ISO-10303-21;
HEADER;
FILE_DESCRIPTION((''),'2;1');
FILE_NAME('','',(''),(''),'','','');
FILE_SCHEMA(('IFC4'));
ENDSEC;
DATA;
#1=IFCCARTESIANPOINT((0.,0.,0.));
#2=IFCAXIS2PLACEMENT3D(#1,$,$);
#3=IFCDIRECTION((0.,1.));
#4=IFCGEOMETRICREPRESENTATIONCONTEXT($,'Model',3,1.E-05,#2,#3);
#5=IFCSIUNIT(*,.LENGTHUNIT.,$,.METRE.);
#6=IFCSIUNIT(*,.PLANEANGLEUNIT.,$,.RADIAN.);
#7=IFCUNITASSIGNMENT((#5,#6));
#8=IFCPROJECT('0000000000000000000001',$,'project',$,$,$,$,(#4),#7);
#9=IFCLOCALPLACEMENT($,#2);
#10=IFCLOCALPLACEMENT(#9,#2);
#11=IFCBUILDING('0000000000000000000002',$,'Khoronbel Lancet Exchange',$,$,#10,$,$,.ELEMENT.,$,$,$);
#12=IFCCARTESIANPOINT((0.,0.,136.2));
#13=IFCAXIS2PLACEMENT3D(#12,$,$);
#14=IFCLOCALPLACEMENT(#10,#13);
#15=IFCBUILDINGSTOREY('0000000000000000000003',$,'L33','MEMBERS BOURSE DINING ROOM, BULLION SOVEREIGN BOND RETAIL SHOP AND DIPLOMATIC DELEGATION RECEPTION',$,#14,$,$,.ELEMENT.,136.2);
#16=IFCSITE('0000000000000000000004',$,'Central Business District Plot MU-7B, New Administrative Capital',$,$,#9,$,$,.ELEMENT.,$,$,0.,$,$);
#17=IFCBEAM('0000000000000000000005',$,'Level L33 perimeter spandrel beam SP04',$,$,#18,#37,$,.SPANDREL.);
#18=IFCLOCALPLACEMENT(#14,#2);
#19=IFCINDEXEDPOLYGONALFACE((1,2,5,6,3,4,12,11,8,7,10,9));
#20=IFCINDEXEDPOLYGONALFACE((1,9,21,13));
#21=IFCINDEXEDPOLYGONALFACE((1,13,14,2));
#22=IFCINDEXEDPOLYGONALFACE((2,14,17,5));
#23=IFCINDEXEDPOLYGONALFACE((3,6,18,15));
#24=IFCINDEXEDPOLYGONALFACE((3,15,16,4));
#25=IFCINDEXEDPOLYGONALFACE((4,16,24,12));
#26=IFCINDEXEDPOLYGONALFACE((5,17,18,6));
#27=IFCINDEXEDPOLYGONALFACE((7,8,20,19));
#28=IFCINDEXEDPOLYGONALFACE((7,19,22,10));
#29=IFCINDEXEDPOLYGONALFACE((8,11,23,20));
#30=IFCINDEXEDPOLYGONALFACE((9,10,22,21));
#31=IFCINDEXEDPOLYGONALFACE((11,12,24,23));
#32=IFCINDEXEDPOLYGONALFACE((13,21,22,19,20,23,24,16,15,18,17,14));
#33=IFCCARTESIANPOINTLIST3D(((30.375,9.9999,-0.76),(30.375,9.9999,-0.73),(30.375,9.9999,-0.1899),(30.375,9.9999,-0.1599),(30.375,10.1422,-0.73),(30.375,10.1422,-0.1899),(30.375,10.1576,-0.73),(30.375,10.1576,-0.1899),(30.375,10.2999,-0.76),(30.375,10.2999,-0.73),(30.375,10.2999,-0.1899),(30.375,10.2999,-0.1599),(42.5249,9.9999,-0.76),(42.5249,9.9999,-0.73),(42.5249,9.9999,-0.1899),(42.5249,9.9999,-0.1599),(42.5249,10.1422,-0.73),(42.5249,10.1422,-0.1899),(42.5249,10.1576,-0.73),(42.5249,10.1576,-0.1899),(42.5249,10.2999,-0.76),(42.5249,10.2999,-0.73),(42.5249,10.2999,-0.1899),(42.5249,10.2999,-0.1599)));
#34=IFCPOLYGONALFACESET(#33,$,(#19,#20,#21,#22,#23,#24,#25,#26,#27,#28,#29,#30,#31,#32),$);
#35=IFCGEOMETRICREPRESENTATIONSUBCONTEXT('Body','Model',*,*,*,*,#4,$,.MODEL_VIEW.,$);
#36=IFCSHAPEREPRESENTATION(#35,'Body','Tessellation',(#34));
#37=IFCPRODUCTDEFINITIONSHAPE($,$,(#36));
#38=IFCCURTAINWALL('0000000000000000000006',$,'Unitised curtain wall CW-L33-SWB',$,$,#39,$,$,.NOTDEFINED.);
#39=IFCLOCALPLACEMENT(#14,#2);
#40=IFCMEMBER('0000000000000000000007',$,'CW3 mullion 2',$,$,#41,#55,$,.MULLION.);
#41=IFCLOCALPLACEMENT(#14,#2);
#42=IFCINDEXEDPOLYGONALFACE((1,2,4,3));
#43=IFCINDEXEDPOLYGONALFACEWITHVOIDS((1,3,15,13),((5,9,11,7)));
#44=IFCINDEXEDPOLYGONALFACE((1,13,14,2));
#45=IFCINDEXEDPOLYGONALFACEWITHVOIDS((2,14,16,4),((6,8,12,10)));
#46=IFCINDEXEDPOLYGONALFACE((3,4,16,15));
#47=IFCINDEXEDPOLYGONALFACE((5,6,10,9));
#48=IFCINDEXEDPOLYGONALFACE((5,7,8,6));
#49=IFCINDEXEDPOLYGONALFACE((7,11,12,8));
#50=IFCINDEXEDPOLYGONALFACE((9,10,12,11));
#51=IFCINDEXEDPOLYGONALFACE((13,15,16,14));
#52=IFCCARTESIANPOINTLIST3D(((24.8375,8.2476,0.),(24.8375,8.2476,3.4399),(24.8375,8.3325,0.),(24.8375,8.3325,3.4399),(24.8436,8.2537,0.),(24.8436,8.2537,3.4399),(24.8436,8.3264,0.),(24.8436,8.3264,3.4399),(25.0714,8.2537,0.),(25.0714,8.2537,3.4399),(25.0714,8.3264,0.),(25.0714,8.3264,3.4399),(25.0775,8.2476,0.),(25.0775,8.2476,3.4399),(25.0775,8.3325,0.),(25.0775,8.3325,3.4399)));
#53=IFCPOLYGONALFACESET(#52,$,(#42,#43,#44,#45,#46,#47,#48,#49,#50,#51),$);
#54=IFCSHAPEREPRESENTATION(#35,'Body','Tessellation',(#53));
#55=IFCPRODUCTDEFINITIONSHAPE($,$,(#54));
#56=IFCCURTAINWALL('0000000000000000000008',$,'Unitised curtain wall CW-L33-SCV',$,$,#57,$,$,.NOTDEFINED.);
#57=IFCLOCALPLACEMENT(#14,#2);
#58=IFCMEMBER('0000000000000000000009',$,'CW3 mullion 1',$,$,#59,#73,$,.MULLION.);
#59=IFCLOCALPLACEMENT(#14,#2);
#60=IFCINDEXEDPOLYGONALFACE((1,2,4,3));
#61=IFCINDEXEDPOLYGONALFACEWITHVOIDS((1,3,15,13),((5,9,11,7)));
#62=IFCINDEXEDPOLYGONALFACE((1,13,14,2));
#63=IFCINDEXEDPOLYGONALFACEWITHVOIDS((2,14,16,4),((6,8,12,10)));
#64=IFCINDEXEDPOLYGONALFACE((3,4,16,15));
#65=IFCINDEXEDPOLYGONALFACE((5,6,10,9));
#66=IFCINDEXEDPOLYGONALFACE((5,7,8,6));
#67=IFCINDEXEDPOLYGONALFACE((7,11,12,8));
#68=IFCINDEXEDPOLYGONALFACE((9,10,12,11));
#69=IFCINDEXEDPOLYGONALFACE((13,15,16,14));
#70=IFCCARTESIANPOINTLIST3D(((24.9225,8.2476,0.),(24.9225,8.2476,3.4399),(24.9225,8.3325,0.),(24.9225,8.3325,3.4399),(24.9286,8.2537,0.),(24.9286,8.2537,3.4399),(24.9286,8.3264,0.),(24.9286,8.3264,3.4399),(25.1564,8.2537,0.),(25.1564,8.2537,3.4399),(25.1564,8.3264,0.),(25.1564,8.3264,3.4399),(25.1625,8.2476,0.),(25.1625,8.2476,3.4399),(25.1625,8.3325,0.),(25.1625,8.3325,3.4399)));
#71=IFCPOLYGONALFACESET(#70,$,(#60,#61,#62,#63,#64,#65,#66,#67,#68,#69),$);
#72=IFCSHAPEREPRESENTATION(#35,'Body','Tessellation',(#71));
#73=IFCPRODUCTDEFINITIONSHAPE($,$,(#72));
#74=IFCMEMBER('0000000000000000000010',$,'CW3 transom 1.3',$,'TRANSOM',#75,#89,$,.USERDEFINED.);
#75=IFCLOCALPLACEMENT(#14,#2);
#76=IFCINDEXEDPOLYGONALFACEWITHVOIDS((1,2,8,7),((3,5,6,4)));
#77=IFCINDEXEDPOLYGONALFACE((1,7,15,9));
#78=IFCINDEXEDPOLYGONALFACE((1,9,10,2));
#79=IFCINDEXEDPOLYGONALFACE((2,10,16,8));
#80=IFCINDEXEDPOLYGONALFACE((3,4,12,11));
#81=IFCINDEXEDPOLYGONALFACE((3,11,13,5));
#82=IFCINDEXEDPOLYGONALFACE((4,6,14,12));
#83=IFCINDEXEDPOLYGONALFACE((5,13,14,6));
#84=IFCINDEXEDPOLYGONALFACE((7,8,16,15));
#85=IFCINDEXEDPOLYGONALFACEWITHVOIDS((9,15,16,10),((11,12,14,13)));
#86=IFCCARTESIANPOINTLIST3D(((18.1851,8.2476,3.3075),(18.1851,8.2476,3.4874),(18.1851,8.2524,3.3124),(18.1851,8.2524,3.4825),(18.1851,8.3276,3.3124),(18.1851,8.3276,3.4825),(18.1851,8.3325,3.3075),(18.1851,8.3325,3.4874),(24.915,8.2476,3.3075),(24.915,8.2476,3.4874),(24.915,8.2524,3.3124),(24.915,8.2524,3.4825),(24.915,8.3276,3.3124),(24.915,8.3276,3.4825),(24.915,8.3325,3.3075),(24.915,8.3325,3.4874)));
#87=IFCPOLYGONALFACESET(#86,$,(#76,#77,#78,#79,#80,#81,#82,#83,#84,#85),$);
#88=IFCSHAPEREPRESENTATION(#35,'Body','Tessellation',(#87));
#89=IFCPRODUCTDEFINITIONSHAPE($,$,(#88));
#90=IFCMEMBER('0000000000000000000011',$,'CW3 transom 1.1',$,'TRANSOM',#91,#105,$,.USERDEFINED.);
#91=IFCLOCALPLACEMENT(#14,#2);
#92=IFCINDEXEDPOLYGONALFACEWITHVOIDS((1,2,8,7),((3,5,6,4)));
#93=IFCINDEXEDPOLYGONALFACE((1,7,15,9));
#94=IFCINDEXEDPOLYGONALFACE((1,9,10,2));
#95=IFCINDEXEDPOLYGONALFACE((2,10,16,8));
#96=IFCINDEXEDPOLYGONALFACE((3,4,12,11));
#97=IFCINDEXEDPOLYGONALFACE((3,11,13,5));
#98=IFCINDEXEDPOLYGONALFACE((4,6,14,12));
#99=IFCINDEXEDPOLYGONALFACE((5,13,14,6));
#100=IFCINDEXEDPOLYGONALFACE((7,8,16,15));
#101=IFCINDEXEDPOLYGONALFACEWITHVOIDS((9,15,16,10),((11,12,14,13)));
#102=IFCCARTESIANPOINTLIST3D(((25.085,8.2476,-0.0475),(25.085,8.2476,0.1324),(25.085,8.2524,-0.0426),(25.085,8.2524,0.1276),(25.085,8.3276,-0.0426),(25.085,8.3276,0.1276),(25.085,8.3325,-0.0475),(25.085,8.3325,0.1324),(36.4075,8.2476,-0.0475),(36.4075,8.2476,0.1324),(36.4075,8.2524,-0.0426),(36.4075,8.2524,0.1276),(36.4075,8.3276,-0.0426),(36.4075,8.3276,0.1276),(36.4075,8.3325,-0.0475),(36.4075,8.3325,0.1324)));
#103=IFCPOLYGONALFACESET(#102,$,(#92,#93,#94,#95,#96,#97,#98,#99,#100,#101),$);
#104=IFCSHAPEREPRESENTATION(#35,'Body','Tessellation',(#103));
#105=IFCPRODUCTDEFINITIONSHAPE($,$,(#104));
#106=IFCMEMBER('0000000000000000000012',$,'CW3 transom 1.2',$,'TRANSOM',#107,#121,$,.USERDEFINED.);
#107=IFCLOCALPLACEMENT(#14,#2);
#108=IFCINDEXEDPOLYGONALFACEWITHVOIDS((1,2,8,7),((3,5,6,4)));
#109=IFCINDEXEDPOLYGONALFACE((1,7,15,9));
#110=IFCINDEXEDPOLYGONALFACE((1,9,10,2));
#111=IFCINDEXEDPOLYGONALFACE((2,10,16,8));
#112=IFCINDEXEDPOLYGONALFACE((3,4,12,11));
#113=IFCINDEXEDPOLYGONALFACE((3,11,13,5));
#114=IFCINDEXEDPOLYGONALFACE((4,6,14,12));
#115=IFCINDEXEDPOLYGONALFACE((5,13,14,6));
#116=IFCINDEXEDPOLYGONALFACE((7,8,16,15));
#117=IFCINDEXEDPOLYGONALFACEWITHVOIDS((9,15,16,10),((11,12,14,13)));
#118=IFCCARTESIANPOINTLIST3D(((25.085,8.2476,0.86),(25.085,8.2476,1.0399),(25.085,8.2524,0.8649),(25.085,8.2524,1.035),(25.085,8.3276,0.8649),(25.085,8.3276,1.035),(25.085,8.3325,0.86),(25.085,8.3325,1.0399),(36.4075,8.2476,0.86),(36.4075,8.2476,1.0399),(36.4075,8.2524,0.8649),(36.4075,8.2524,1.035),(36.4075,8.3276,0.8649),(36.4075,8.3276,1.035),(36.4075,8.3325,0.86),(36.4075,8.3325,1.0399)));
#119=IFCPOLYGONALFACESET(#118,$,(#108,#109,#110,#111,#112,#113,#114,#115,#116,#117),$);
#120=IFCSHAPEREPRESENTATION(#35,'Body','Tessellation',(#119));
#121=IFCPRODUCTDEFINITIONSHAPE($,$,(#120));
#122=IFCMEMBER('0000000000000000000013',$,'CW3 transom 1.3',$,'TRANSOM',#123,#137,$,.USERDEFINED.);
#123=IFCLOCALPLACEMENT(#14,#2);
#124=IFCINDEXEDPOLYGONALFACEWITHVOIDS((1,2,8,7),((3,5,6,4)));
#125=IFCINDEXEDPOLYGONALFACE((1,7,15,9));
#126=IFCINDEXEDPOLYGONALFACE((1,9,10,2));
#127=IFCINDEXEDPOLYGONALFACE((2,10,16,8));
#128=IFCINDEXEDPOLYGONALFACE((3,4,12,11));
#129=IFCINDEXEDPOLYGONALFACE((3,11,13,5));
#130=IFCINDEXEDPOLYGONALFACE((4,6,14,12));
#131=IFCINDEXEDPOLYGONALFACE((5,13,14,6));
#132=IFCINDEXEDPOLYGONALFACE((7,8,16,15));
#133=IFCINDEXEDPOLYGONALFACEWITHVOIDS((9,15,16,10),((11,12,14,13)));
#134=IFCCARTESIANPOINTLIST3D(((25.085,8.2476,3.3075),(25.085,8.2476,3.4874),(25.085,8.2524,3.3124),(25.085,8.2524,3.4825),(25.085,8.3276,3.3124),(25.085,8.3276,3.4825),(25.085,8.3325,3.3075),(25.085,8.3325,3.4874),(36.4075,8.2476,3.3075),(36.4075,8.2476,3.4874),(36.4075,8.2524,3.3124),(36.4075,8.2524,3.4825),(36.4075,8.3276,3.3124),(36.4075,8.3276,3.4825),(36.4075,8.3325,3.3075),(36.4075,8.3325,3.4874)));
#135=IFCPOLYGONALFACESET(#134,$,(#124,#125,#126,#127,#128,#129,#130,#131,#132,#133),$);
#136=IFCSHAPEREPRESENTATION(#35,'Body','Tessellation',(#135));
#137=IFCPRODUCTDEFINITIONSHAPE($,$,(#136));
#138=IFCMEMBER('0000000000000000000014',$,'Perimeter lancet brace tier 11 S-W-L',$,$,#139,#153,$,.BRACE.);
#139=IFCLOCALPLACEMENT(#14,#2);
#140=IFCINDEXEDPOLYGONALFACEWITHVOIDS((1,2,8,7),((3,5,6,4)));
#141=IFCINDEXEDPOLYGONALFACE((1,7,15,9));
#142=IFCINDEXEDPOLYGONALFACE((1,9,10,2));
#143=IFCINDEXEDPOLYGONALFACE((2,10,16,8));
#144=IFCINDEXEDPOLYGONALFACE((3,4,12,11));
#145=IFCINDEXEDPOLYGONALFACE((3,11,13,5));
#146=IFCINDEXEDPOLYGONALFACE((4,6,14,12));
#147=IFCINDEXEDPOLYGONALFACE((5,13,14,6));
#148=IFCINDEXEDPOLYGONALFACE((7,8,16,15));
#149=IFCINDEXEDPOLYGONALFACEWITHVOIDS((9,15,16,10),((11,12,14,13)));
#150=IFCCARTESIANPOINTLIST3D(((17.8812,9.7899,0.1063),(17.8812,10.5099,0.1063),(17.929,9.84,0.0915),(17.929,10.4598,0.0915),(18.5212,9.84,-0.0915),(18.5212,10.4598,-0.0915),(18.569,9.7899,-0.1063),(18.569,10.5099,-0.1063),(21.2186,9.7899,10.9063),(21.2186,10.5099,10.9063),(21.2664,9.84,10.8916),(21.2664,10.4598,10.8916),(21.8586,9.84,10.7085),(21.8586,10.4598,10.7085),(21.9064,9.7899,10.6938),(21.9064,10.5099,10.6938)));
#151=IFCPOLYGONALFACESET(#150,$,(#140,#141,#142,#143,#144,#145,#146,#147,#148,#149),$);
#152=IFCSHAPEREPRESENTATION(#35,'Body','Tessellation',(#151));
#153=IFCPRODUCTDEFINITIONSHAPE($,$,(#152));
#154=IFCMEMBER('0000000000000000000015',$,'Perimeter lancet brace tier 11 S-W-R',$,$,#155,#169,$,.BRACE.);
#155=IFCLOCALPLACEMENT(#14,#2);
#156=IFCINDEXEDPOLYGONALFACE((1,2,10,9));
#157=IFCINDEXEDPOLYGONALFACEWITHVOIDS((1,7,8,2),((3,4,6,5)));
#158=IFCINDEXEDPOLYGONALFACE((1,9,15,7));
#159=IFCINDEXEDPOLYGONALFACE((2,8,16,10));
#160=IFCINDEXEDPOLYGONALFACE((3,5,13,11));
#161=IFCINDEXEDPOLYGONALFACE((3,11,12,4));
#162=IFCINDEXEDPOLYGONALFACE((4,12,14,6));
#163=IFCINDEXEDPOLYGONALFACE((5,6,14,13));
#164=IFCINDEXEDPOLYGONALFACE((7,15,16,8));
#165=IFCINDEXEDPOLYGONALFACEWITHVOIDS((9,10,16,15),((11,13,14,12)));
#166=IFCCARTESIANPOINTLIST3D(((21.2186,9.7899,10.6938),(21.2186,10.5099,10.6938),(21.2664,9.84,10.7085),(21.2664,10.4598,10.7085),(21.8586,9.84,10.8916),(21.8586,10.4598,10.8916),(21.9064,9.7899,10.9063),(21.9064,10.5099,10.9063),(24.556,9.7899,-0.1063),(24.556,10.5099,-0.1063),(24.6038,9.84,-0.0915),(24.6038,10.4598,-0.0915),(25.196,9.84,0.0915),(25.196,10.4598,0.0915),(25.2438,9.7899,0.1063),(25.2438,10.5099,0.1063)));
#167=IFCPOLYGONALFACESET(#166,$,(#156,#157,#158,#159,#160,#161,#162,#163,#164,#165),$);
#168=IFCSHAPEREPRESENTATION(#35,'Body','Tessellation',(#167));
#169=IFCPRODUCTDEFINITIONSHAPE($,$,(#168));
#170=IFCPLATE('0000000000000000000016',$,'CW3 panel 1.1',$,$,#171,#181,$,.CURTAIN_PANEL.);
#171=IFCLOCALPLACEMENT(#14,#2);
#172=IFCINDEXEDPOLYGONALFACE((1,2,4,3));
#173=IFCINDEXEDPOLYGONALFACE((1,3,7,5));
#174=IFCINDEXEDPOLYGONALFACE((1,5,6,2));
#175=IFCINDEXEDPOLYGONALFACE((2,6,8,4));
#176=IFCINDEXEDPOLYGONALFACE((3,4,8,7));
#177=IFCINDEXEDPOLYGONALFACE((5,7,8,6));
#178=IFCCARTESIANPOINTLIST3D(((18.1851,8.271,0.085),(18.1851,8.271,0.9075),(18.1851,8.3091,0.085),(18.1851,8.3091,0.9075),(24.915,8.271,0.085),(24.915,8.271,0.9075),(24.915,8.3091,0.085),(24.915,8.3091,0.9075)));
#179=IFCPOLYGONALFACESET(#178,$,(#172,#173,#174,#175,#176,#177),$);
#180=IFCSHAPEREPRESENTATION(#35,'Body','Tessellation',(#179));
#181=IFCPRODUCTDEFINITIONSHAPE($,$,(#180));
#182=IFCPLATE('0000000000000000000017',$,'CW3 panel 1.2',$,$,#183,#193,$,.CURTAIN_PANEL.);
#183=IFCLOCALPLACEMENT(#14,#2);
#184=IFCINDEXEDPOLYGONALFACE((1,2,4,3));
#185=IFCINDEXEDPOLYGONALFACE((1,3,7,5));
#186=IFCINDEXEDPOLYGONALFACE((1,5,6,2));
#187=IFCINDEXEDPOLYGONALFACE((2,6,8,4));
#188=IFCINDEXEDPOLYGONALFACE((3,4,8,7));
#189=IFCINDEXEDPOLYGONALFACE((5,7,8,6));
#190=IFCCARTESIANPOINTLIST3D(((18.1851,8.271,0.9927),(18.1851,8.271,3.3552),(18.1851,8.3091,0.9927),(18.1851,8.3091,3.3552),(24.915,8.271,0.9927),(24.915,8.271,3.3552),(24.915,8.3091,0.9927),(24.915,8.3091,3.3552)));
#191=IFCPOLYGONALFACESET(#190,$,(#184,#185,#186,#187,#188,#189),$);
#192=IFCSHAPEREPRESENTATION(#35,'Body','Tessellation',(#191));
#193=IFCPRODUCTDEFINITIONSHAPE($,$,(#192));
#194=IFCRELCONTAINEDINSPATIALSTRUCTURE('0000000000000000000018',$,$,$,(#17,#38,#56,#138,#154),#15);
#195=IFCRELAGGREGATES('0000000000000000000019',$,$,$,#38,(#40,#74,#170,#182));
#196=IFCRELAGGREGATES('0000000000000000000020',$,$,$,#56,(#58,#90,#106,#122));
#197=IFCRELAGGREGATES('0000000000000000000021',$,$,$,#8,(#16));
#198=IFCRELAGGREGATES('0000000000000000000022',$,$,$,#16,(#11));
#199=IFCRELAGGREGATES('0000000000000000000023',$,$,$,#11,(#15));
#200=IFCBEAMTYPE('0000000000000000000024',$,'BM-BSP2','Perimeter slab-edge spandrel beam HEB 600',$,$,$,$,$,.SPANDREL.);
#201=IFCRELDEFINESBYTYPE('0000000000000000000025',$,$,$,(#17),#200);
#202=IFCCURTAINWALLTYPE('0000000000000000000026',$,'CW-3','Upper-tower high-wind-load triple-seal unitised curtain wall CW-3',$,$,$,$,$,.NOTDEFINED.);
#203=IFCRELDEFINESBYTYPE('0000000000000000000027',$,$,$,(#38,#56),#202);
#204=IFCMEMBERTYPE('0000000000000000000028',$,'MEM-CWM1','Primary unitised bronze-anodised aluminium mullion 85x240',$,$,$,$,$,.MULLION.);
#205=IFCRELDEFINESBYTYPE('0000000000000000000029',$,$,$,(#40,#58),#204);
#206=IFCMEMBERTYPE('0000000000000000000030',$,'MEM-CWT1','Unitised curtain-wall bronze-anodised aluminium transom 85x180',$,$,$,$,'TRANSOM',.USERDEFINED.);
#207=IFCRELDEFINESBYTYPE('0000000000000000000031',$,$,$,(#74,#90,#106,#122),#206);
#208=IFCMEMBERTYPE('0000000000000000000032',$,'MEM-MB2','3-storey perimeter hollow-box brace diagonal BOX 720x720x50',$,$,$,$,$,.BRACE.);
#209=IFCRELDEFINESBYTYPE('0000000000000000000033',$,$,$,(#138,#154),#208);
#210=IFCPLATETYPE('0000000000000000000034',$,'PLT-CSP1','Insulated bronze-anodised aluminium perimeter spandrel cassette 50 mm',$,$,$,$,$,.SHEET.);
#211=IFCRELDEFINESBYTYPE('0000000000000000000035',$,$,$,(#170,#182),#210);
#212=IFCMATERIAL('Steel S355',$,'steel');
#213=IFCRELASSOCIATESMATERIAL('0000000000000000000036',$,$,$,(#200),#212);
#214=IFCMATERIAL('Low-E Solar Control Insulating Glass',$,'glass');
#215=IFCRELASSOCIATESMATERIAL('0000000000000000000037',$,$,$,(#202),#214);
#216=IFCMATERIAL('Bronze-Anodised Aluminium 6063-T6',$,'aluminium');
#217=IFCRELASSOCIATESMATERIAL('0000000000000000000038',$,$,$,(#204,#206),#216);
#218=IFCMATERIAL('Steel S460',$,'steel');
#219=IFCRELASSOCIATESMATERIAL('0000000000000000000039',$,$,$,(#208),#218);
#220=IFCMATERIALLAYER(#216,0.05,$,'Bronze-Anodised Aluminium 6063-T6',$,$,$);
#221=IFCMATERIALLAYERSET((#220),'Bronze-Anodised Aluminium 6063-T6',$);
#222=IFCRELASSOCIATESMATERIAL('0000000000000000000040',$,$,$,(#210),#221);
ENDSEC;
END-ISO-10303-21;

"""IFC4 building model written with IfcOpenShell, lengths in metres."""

from ifc_helpers import new_model, si_unit, direction, frame, origin, origin_2d, place, context, subcontext, project, spatial, rectangle, hollow_rectangle, i_section, extrude, material, layer, layer_set, material_profile, profile_set, type_object, element, aggregate, save


model = new_model("IFC4")

# Units and contexts
model_context = context("Model", 3, precision=1e-05, world=origin(), true_north=direction((0.0, 1.0)))
body_context = subcontext(model_context, "Body", "Model", "MODEL_VIEW")
ifc_project = project(units=[si_unit("LENGTHUNIT", "METRE"), si_unit("PLANEANGLEUNIT", "RADIAN")], contexts=[model_context])

# Site, building, storey
site_placement = place(None, origin())
site = spatial("IfcSite", under=ifc_project, at=site_placement, Name="Central Business District Plot MU-7B, New Administrative Capital", CompositionType="ELEMENT", RefElevation=0.0)
building_placement = place(site_placement, origin())
building = spatial("IfcBuilding", under=site, at=building_placement, Name="Khoronbel Lancet Exchange", CompositionType="ELEMENT")
storey_placement = place(building_placement, frame((0.0, 0.0, 136.2)))
storey = spatial("IfcBuildingStorey", under=building, at=storey_placement, Name="L33", Description="MEMBERS BOURSE DINING ROOM, BULLION SOVEREIGN BOND RETAIL SHOP AND DIPLOMATIC DELEGATION RECEPTION", CompositionType="ELEMENT", Elevation=136.2)

# Shared definitions
ifc_material_1 = material(Name="Steel S460", Category="steel")

# Beam
ifc_material_2 = material(Name="Steel S355", Category="steel")
ifc_material_profile_1 = material_profile(ifc_material_2, i_section(OverallWidth=0.3, OverallDepth=0.6001, WebThickness=0.0154, FlangeThickness=0.03, at=origin_2d()), Name="HEB 600")
ifc_profile_set_1 = profile_set([ifc_material_profile_1], Name="Steel S355")
beam_type_1 = type_object("IfcBeamType", Name="BM-BSP2", Description="Perimeter slab-edge spandrel beam HEB 600", PredefinedType="SPANDREL", material=ifc_profile_set_1)
beam_1_placement = place(storey_placement, frame((30.375, 10.1499, -0.46), z_axis=(1.0, 0.0, 0.0), x_axis=(0.0, 1.0, 0.0)))
element("IfcBeam", 1, at=beam_1_placement, inside=storey, type_object=beam_type_1, Name="Level L33 perimeter spandrel beam SP04", PredefinedType="SPANDREL", context=body_context, shape_type="SweptSolid", body=[
    extrude(i_section(OverallWidth=0.3, OverallDepth=0.6001, WebThickness=0.0154, FlangeThickness=0.03, at=origin_2d()), origin(), (0.0, 0.0, 1.0), 12.1499),
])

# Curtain walls, members
ifc_material_3 = material(Name="Low-E Solar Control Insulating Glass", Category="glass")
curtain_wall_type = type_object("IfcCurtainWallType", Name="CW-3", Description="Upper-tower high-wind-load triple-seal unitised curtain wall CW-3", PredefinedType="NOTDEFINED", material=ifc_material_3)
curtain_wall_1_placement = place(storey_placement, origin())
curtain_wall_1 = element("IfcCurtainWall", 2, at=curtain_wall_1_placement, inside=storey, type_object=curtain_wall_type, Name="Unitised curtain wall CW-L33-SWB", PredefinedType="NOTDEFINED")
ifc_material_4 = material(Name="Bronze-Anodised Aluminium 6063-T6", Category="aluminium")
ifc_material_profile_2 = material_profile(ifc_material_4, hollow_rectangle(XDim=0.085, YDim=0.24, WallThickness=0.0061, at=origin_2d()), Name="ALU MULLION 85x240")
ifc_profile_set_2 = profile_set([ifc_material_profile_2], Name="Bronze-Anodised Aluminium 6063-T6")
member_type_1 = type_object("IfcMemberType", Name="MEM-CWM1", Description="Primary unitised bronze-anodised aluminium mullion 85x240", PredefinedType="MULLION", material=ifc_profile_set_2)
member_1_placement = place(storey_placement, frame((24.9575, 8.29, 0.0), z_axis=(0.0, 0.0, 1.0), x_axis=(0.0, 1.0, 0.0)))
member_1 = element("IfcMember", 3, at=member_1_placement, type_object=member_type_1, Name="CW3 mullion 2", PredefinedType="MULLION", context=body_context, shape_type="SweptSolid", body=[
    extrude(hollow_rectangle(XDim=0.085, YDim=0.24, WallThickness=0.0061, at=origin_2d()), origin(), (0.0, 0.0, 1.0), 3.4399),
])
curtain_wall_2_placement = place(storey_placement, origin())
curtain_wall_2 = element("IfcCurtainWall", 4, at=curtain_wall_2_placement, inside=storey, type_object=curtain_wall_type, Name="Unitised curtain wall CW-L33-SCV", PredefinedType="NOTDEFINED")
member_2_placement = place(storey_placement, frame((25.0425, 8.29, 0.0), z_axis=(0.0, 0.0, 1.0), x_axis=(0.0, 1.0, 0.0)))
member_2 = element("IfcMember", 5, at=member_2_placement, type_object=member_type_1, Name="CW3 mullion 1", PredefinedType="MULLION", context=body_context, shape_type="SweptSolid", body=[
    extrude(hollow_rectangle(XDim=0.085, YDim=0.24, WallThickness=0.0061, at=origin_2d()), origin(), (0.0, 0.0, 1.0), 3.4399),
])

# Members
ifc_material_profile_3 = material_profile(ifc_material_4, hollow_rectangle(XDim=0.085, YDim=0.1799, WallThickness=0.0049, at=origin_2d()), Name="ALU TRANSOM 85x180")
ifc_profile_set_3 = profile_set([ifc_material_profile_3], Name="Bronze-Anodised Aluminium 6063-T6")
member_type_2 = type_object("IfcMemberType", Name="MEM-CWT1", Description="Unitised curtain-wall bronze-anodised aluminium transom 85x180", ElementType="TRANSOM", PredefinedType="USERDEFINED", material=ifc_profile_set_3)
member_3_placement = place(storey_placement, frame((18.1851, 8.29, 3.3975), z_axis=(1.0, 0.0, 0.0), x_axis=(0.0, 1.0, 0.0)))
member_3 = element("IfcMember", 6, at=member_3_placement, type_object=member_type_2, Name="CW3 transom 1.3", ObjectType="TRANSOM", PredefinedType="USERDEFINED", context=body_context, shape_type="SweptSolid", body=[
    extrude(hollow_rectangle(XDim=0.085, YDim=0.1799, WallThickness=0.0049, at=origin_2d()), origin(), (0.0, 0.0, 1.0), 6.73),
])
member_4_placement = place(storey_placement, frame((25.085, 8.29, 0.0425), z_axis=(1.0, 0.0, 0.0), x_axis=(0.0, 1.0, 0.0)))
member_4 = element("IfcMember", 7, at=member_4_placement, type_object=member_type_2, Name="CW3 transom 1.1", ObjectType="TRANSOM", PredefinedType="USERDEFINED", context=body_context, shape_type="SweptSolid", body=[
    extrude(hollow_rectangle(XDim=0.085, YDim=0.1799, WallThickness=0.0049, at=origin_2d()), origin(), (0.0, 0.0, 1.0), 11.3225),
])
member_5_placement = place(storey_placement, frame((25.085, 8.29, 0.95), z_axis=(1.0, 0.0, 0.0), x_axis=(0.0, 1.0, 0.0)))
member_5 = element("IfcMember", 8, at=member_5_placement, type_object=member_type_2, Name="CW3 transom 1.2", ObjectType="TRANSOM", PredefinedType="USERDEFINED", context=body_context, shape_type="SweptSolid", body=[
    extrude(hollow_rectangle(XDim=0.085, YDim=0.1799, WallThickness=0.0049, at=origin_2d()), origin(), (0.0, 0.0, 1.0), 11.3225),
])
member_6_placement = place(storey_placement, frame((25.085, 8.29, 3.3975), z_axis=(1.0, 0.0, 0.0), x_axis=(0.0, 1.0, 0.0)))
member_6 = element("IfcMember", 9, at=member_6_placement, type_object=member_type_2, Name="CW3 transom 1.3", ObjectType="TRANSOM", PredefinedType="USERDEFINED", context=body_context, shape_type="SweptSolid", body=[
    extrude(hollow_rectangle(XDim=0.085, YDim=0.1799, WallThickness=0.0049, at=origin_2d()), origin(), (0.0, 0.0, 1.0), 11.3225),
])

# Members
ifc_material_profile_4 = material_profile(ifc_material_1, hollow_rectangle(XDim=0.72, YDim=0.72, WallThickness=0.05, at=origin_2d()), Name="BOX 720x720x50")
ifc_profile_set_4 = profile_set([ifc_material_profile_4], Name="Steel S460")
member_type_3 = type_object("IfcMemberType", Name="MEM-MB2", Description="3-storey perimeter hollow-box brace diagonal BOX 720x720x50", PredefinedType="BRACE", material=ifc_profile_set_4)
for number, where, z_axis, x_axis, name in (
    (10, (18.2251, 10.1499, 0.0), (0.295242, 0.0, 0.955422), (0.0, 1.0, 0.0), "Perimeter lancet brace tier 11 S-W-L"),
    (11, (24.8999, 10.1499, 0.0), (-0.295242, 0.0, 0.955422), (0.0, -1.0, 0.0), "Perimeter lancet brace tier 11 S-W-R"),
):
    element("IfcMember", number, at=place(storey_placement, frame(where, z_axis=z_axis, x_axis=x_axis)), inside=storey, type_object=member_type_3, Name=name, PredefinedType="BRACE", context=body_context, shape_type="SweptSolid", body=[
        extrude(hollow_rectangle(XDim=0.72, YDim=0.72, WallThickness=0.05, at=origin_2d()), origin(), (0.0, 0.0, 1.0), 11.304),
    ])

# Plates
ifc_layer_1 = layer(ifc_material_4, 0.05, Name="Bronze-Anodised Aluminium 6063-T6")
ifc_layer_set_1 = layer_set([ifc_layer_1], Name="Bronze-Anodised Aluminium 6063-T6")
plate_type_1 = type_object("IfcPlateType", Name="PLT-CSP1", Description="Insulated bronze-anodised aluminium perimeter spandrel cassette 50 mm", PredefinedType="SHEET", material=ifc_layer_set_1)
plate_1_placement = place(storey_placement, frame((21.55, 8.29, 0.085), z_axis=(0.0, 0.0, 1.0), x_axis=(1.0, 0.0, 0.0)))
plate_1 = element("IfcPlate", 12, at=plate_1_placement, type_object=plate_type_1, Name="CW3 panel 1.1", PredefinedType="CURTAIN_PANEL", context=body_context, shape_type="SweptSolid", body=[
    extrude(rectangle(XDim=6.73, YDim=0.0381, at=origin_2d()), origin(), (0.0, 0.0, 1.0), 0.8225),
])
plate_2_placement = place(storey_placement, frame((21.55, 8.29, 0.9927), z_axis=(0.0, 0.0, 1.0), x_axis=(1.0, 0.0, 0.0)))
plate_2 = element("IfcPlate", 13, at=plate_2_placement, type_object=plate_type_1, Name="CW3 panel 1.2", PredefinedType="CURTAIN_PANEL", context=body_context, shape_type="SweptSolid", body=[
    extrude(rectangle(XDim=6.73, YDim=0.0381, at=origin_2d()), origin(), (0.0, 0.0, 1.0), 2.3625),
])
aggregate(curtain_wall_1, [member_1, member_3, plate_1, plate_2])
aggregate(curtain_wall_2, [member_2, member_4, member_5, member_6])

save(model, "model.ifc")
